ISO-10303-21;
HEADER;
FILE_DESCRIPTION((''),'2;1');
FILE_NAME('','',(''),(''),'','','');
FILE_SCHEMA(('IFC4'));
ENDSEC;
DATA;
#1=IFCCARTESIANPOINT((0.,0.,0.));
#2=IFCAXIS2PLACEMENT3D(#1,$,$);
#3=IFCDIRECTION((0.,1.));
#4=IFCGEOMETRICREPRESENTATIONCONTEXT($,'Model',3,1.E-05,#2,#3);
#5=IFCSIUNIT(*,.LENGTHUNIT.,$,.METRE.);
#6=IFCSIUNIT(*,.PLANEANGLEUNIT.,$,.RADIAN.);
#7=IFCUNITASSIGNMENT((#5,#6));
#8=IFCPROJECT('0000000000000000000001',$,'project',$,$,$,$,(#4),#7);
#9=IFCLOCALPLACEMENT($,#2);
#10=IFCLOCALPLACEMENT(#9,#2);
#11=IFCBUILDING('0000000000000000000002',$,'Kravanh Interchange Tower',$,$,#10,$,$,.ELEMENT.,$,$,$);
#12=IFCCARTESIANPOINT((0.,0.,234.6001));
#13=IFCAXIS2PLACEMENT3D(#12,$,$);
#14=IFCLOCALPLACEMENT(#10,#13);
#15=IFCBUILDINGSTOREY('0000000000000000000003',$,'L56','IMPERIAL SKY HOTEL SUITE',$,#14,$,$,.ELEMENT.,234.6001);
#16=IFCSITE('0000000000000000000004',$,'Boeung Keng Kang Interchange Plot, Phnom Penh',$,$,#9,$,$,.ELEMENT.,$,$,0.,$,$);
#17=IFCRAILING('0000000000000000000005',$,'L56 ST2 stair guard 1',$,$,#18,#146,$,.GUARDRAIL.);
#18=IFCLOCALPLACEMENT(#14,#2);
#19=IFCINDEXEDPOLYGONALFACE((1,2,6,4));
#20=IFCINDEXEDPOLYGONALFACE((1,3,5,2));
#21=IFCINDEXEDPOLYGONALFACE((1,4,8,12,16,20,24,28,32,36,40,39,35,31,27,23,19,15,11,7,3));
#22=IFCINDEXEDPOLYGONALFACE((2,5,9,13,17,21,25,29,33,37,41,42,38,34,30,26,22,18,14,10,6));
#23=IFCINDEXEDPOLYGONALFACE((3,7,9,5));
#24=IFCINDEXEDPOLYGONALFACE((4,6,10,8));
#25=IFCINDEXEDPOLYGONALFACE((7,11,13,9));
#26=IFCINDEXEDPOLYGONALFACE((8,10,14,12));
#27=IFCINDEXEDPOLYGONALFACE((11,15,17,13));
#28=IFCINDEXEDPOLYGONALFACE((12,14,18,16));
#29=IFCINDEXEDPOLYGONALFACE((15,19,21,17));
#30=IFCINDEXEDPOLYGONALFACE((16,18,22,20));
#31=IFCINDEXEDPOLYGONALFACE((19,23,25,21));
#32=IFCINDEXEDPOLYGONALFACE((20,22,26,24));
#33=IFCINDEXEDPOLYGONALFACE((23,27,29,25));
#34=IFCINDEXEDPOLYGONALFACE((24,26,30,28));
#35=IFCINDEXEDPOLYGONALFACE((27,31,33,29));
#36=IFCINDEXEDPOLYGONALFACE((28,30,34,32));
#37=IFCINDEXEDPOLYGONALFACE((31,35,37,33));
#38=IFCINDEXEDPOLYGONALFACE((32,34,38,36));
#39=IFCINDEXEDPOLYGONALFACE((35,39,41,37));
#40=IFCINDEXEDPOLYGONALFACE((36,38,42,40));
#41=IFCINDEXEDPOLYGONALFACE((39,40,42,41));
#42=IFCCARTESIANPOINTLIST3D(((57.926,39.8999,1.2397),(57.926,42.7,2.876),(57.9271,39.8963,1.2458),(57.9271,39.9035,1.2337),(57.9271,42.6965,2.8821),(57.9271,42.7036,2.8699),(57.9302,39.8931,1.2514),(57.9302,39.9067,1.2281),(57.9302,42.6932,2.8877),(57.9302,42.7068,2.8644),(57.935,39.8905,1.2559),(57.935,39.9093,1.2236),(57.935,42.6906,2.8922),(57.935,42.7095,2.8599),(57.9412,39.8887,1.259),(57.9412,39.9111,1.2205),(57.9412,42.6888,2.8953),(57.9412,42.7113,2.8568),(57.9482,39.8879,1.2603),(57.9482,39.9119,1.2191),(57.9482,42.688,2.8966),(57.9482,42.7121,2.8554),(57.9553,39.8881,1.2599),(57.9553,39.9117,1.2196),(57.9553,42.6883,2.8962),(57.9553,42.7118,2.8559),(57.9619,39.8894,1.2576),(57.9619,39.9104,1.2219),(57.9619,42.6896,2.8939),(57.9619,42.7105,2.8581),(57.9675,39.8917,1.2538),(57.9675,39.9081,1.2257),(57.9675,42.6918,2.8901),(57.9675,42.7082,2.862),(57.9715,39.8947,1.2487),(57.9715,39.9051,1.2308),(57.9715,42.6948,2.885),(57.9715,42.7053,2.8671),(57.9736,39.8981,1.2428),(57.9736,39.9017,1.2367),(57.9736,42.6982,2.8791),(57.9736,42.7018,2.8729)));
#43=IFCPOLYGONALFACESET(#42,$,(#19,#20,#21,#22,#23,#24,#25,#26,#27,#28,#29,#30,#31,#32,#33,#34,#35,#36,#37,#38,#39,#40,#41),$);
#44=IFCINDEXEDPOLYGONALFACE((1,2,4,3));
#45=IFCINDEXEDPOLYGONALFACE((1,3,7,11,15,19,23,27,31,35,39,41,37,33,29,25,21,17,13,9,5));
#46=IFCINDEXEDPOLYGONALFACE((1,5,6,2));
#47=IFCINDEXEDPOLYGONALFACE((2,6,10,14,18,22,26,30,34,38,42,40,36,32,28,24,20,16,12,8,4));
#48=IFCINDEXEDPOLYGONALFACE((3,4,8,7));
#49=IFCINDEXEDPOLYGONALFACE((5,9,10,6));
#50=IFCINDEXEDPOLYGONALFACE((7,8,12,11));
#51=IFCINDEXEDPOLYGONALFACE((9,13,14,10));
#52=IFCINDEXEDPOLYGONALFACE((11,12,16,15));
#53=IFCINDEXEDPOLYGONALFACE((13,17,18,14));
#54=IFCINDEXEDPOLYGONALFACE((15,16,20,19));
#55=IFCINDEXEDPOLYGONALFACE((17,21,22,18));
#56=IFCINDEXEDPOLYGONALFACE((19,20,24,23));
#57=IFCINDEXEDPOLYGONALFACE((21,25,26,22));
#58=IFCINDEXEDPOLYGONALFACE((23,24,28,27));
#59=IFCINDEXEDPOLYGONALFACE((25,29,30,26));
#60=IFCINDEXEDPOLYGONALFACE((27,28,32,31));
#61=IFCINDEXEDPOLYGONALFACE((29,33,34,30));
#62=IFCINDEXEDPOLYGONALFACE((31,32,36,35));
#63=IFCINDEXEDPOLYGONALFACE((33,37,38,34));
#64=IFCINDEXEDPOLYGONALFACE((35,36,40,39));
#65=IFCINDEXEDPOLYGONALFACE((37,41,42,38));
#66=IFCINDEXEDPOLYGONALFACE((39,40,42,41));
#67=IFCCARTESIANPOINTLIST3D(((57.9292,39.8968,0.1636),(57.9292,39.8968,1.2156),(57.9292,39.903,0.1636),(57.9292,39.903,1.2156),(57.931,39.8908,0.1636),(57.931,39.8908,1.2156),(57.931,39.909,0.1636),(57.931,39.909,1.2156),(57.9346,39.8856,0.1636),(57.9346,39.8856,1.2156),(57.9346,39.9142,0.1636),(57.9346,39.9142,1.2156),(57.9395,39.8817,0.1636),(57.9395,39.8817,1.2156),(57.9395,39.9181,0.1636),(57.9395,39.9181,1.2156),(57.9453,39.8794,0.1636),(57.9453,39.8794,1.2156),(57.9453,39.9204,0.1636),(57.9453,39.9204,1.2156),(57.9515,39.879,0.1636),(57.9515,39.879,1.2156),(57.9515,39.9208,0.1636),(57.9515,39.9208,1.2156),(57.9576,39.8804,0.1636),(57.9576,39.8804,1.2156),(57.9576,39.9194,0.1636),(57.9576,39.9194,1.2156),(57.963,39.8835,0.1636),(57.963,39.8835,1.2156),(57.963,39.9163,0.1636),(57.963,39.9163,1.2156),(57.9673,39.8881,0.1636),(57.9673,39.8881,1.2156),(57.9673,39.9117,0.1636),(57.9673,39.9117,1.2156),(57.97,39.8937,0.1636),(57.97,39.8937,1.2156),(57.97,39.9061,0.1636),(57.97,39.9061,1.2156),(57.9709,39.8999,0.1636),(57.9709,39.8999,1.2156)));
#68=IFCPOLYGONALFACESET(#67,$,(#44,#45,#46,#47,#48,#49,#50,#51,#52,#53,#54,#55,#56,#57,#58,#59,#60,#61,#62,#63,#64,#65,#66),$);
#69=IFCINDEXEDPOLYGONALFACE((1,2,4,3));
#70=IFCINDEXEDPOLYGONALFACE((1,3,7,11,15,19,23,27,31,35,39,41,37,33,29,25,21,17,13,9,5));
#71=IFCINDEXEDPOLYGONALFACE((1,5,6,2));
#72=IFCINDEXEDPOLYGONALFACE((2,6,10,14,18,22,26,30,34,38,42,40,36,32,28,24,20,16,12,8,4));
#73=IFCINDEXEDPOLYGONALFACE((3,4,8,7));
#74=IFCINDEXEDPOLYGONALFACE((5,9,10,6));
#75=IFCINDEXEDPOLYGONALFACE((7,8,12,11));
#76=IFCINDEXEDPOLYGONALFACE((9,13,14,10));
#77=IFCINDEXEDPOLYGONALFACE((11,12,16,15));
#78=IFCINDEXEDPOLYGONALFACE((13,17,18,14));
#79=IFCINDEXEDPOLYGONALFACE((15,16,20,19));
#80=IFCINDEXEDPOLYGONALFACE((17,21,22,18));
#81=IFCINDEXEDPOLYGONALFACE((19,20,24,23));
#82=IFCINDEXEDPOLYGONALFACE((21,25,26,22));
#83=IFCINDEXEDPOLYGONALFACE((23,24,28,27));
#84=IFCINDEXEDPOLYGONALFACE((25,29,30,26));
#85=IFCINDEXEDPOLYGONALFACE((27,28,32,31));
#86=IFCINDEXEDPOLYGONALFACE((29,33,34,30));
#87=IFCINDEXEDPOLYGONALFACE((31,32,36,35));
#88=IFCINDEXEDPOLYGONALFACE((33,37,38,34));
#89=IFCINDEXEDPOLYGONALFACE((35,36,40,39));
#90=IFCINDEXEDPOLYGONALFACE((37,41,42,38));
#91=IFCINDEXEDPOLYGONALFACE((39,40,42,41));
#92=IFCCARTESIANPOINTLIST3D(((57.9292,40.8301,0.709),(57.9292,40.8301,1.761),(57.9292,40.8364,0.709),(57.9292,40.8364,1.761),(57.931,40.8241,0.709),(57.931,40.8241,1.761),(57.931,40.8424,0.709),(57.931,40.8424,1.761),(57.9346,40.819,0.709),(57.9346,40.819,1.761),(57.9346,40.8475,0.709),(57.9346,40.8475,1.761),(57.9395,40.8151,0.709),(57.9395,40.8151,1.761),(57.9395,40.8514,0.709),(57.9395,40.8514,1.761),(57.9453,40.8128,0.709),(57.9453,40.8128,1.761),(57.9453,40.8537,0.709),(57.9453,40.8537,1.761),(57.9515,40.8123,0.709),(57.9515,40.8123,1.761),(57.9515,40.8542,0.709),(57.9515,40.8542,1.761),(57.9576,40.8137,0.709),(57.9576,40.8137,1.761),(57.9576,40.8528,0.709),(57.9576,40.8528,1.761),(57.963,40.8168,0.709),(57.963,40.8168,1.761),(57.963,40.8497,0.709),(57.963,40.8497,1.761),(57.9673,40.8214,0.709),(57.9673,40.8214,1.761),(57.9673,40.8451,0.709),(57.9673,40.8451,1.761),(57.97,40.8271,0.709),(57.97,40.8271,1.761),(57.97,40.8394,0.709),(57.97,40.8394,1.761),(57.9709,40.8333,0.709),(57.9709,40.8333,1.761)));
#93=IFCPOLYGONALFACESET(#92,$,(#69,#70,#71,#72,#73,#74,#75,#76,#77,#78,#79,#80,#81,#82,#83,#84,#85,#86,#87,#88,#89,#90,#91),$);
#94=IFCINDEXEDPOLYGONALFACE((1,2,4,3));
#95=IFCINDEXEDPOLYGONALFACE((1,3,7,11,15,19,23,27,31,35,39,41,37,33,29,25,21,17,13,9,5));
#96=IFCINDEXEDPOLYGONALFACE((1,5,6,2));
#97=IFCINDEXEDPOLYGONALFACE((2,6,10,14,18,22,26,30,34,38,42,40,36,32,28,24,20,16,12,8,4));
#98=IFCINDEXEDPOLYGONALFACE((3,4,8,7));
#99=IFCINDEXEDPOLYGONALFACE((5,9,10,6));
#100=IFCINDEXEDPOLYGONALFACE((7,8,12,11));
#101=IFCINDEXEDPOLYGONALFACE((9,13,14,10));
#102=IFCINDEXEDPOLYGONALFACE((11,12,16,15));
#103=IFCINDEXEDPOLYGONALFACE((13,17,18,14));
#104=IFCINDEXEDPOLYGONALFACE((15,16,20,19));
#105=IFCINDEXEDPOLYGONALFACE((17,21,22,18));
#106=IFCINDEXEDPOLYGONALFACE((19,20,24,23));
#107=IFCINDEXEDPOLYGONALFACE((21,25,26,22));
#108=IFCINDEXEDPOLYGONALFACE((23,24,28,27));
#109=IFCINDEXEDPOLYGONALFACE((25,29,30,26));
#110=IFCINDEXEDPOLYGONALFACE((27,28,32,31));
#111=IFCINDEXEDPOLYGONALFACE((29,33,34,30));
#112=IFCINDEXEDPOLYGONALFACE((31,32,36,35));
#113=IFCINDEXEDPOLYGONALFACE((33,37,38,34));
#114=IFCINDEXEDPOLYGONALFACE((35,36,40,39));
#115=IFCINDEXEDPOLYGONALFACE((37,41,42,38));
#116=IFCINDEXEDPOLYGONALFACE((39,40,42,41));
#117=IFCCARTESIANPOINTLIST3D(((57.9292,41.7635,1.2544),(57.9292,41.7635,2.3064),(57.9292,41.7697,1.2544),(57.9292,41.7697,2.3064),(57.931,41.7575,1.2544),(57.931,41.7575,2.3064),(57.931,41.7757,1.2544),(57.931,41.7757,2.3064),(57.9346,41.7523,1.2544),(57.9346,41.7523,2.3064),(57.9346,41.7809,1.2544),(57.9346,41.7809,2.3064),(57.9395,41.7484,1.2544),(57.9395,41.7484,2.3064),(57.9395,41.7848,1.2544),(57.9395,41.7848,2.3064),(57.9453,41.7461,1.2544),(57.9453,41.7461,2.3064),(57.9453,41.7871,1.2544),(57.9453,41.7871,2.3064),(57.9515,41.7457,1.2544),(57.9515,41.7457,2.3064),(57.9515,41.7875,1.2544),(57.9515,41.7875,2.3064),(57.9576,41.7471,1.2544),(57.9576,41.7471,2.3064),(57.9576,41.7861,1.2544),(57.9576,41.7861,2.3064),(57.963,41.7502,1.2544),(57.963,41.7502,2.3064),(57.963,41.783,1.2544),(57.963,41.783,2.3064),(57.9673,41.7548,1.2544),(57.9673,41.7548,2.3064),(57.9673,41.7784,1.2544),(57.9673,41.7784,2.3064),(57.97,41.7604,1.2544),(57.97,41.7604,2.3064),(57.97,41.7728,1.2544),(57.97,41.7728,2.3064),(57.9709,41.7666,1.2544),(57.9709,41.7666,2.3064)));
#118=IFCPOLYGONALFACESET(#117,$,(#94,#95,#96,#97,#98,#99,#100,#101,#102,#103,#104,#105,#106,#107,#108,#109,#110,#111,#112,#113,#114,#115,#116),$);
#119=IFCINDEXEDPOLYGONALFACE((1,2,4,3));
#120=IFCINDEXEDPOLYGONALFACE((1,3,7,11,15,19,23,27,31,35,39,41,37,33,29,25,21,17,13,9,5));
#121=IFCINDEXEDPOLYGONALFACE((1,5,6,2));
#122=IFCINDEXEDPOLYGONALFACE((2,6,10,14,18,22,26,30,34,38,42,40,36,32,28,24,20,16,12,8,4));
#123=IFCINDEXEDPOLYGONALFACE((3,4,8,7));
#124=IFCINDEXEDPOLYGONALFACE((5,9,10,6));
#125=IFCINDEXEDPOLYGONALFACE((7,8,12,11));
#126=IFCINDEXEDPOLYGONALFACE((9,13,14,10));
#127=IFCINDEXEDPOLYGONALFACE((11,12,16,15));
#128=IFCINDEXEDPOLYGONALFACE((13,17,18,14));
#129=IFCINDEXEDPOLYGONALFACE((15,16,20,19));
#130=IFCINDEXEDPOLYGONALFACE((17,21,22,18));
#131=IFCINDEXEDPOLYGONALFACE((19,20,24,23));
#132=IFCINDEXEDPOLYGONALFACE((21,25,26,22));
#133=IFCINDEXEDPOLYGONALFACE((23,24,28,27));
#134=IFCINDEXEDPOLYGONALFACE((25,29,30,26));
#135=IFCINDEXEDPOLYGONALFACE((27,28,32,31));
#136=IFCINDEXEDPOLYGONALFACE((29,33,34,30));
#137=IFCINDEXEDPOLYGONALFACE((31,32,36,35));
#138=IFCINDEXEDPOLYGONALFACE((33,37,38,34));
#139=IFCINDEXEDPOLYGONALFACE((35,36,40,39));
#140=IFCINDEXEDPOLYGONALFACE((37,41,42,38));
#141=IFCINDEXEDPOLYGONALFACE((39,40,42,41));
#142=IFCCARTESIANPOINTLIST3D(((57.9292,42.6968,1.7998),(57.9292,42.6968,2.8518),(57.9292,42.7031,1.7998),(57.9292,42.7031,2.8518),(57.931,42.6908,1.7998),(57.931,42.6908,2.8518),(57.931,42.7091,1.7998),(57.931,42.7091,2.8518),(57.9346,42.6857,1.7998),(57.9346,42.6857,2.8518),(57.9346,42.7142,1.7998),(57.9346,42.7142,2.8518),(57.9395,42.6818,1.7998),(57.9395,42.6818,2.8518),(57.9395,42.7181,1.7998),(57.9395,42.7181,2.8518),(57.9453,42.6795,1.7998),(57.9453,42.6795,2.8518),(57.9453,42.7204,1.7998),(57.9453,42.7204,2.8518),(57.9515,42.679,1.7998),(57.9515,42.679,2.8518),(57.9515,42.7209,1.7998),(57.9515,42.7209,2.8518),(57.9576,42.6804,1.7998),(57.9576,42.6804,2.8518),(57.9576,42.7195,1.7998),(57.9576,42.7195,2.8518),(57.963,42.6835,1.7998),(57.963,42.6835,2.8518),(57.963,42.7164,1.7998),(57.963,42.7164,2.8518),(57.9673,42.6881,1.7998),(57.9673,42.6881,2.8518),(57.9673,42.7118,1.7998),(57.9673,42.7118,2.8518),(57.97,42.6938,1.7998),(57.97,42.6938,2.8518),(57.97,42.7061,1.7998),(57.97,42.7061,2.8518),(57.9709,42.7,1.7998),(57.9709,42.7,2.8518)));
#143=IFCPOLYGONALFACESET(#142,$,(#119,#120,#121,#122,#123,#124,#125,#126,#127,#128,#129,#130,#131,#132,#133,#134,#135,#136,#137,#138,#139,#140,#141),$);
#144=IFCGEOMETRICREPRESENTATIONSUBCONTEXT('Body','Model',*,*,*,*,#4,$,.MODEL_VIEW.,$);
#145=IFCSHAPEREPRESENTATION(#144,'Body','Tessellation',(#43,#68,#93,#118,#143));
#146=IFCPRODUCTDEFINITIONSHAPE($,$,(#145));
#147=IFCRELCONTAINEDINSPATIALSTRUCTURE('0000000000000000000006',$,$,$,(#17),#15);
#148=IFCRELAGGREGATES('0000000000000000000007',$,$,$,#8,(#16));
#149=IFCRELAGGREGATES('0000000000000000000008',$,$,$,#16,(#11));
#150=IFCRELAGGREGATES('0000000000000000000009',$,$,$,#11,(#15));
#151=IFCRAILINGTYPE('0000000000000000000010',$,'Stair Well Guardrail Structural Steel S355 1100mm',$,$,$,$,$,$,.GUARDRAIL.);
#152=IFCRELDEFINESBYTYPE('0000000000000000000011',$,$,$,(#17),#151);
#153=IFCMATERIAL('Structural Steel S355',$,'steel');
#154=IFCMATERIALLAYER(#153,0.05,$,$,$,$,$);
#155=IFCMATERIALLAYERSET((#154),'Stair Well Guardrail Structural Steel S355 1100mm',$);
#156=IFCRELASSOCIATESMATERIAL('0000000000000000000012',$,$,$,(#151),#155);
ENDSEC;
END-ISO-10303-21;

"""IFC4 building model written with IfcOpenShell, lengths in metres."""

from ifc_helpers import new_model, si_unit, direction, frame, origin, origin_2d, place, context, subcontext, project, spatial, circle, extrude, material, layer, layer_set, type_object, element, save


model = new_model("IFC4")

# Units and contexts
model_context = context("Model", 3, precision=1e-05, world=origin(), true_north=direction((0.0, 1.0)))
body_context = subcontext(model_context, "Body", "Model", "MODEL_VIEW")
ifc_project = project(units=[si_unit("LENGTHUNIT", "METRE"), si_unit("PLANEANGLEUNIT", "RADIAN")], contexts=[model_context])

# Site, building, storey
site_placement = place(None, origin())
site = spatial("IfcSite", under=ifc_project, at=site_placement, Name="Boeung Keng Kang Interchange Plot, Phnom Penh", CompositionType="ELEMENT", RefElevation=0.0)
building_placement = place(site_placement, origin())
building = spatial("IfcBuilding", under=site, at=building_placement, Name="Kravanh Interchange Tower", CompositionType="ELEMENT")
storey_placement = place(building_placement, frame((0.0, 0.0, 234.6001)))
storey = spatial("IfcBuildingStorey", under=building, at=storey_placement, Name="L56", Description="IMPERIAL SKY HOTEL SUITE", CompositionType="ELEMENT", Elevation=234.6001)

# Railing
ifc_material_1 = material(Name="Structural Steel S355", Category="steel")
ifc_layer_1 = layer(ifc_material_1, 0.05)
ifc_layer_set_1 = layer_set([ifc_layer_1], Name="Stair Well Guardrail Structural Steel S355 1100mm")
railing_type_1 = type_object("IfcRailingType", Name="Stair Well Guardrail Structural Steel S355 1100mm", PredefinedType="GUARDRAIL", material=ifc_layer_set_1)
railing_1_placement = place(storey_placement, frame((57.95, 39.8999, 0.1636)))
element("IfcRailing", 1, at=railing_1_placement, inside=storey, type_object=railing_type_1, Name="L56 ST2 stair guard 1", PredefinedType="GUARDRAIL", context=body_context, shape_type="SweptSolid", body=[
    extrude(circle(Radius=0.0239, at=origin_2d()), frame((0.0, 0.0, 1.0762), z_axis=(0.0, 0.863394, 0.504531), x_axis=(-1.0, 0.0, 0.0)), (0.0, 0.0, 1.0), 3.2432),
    extrude(circle(Radius=0.021, at=origin_2d()), origin(), (0.0, 0.0, 1.0), 1.052),
    extrude(circle(Radius=0.021, at=origin_2d()), frame((0.0, 0.9333, 0.5454)), (0.0, 0.0, 1.0), 1.052),
    extrude(circle(Radius=0.021, at=origin_2d()), frame((0.0, 1.8667, 1.0908)), (0.0, 0.0, 1.0), 1.052),
    extrude(circle(Radius=0.021, at=origin_2d()), frame((0.0, 2.8, 1.6362)), (0.0, 0.0, 1.0), 1.052),
])

save(model, "model.ifc")
